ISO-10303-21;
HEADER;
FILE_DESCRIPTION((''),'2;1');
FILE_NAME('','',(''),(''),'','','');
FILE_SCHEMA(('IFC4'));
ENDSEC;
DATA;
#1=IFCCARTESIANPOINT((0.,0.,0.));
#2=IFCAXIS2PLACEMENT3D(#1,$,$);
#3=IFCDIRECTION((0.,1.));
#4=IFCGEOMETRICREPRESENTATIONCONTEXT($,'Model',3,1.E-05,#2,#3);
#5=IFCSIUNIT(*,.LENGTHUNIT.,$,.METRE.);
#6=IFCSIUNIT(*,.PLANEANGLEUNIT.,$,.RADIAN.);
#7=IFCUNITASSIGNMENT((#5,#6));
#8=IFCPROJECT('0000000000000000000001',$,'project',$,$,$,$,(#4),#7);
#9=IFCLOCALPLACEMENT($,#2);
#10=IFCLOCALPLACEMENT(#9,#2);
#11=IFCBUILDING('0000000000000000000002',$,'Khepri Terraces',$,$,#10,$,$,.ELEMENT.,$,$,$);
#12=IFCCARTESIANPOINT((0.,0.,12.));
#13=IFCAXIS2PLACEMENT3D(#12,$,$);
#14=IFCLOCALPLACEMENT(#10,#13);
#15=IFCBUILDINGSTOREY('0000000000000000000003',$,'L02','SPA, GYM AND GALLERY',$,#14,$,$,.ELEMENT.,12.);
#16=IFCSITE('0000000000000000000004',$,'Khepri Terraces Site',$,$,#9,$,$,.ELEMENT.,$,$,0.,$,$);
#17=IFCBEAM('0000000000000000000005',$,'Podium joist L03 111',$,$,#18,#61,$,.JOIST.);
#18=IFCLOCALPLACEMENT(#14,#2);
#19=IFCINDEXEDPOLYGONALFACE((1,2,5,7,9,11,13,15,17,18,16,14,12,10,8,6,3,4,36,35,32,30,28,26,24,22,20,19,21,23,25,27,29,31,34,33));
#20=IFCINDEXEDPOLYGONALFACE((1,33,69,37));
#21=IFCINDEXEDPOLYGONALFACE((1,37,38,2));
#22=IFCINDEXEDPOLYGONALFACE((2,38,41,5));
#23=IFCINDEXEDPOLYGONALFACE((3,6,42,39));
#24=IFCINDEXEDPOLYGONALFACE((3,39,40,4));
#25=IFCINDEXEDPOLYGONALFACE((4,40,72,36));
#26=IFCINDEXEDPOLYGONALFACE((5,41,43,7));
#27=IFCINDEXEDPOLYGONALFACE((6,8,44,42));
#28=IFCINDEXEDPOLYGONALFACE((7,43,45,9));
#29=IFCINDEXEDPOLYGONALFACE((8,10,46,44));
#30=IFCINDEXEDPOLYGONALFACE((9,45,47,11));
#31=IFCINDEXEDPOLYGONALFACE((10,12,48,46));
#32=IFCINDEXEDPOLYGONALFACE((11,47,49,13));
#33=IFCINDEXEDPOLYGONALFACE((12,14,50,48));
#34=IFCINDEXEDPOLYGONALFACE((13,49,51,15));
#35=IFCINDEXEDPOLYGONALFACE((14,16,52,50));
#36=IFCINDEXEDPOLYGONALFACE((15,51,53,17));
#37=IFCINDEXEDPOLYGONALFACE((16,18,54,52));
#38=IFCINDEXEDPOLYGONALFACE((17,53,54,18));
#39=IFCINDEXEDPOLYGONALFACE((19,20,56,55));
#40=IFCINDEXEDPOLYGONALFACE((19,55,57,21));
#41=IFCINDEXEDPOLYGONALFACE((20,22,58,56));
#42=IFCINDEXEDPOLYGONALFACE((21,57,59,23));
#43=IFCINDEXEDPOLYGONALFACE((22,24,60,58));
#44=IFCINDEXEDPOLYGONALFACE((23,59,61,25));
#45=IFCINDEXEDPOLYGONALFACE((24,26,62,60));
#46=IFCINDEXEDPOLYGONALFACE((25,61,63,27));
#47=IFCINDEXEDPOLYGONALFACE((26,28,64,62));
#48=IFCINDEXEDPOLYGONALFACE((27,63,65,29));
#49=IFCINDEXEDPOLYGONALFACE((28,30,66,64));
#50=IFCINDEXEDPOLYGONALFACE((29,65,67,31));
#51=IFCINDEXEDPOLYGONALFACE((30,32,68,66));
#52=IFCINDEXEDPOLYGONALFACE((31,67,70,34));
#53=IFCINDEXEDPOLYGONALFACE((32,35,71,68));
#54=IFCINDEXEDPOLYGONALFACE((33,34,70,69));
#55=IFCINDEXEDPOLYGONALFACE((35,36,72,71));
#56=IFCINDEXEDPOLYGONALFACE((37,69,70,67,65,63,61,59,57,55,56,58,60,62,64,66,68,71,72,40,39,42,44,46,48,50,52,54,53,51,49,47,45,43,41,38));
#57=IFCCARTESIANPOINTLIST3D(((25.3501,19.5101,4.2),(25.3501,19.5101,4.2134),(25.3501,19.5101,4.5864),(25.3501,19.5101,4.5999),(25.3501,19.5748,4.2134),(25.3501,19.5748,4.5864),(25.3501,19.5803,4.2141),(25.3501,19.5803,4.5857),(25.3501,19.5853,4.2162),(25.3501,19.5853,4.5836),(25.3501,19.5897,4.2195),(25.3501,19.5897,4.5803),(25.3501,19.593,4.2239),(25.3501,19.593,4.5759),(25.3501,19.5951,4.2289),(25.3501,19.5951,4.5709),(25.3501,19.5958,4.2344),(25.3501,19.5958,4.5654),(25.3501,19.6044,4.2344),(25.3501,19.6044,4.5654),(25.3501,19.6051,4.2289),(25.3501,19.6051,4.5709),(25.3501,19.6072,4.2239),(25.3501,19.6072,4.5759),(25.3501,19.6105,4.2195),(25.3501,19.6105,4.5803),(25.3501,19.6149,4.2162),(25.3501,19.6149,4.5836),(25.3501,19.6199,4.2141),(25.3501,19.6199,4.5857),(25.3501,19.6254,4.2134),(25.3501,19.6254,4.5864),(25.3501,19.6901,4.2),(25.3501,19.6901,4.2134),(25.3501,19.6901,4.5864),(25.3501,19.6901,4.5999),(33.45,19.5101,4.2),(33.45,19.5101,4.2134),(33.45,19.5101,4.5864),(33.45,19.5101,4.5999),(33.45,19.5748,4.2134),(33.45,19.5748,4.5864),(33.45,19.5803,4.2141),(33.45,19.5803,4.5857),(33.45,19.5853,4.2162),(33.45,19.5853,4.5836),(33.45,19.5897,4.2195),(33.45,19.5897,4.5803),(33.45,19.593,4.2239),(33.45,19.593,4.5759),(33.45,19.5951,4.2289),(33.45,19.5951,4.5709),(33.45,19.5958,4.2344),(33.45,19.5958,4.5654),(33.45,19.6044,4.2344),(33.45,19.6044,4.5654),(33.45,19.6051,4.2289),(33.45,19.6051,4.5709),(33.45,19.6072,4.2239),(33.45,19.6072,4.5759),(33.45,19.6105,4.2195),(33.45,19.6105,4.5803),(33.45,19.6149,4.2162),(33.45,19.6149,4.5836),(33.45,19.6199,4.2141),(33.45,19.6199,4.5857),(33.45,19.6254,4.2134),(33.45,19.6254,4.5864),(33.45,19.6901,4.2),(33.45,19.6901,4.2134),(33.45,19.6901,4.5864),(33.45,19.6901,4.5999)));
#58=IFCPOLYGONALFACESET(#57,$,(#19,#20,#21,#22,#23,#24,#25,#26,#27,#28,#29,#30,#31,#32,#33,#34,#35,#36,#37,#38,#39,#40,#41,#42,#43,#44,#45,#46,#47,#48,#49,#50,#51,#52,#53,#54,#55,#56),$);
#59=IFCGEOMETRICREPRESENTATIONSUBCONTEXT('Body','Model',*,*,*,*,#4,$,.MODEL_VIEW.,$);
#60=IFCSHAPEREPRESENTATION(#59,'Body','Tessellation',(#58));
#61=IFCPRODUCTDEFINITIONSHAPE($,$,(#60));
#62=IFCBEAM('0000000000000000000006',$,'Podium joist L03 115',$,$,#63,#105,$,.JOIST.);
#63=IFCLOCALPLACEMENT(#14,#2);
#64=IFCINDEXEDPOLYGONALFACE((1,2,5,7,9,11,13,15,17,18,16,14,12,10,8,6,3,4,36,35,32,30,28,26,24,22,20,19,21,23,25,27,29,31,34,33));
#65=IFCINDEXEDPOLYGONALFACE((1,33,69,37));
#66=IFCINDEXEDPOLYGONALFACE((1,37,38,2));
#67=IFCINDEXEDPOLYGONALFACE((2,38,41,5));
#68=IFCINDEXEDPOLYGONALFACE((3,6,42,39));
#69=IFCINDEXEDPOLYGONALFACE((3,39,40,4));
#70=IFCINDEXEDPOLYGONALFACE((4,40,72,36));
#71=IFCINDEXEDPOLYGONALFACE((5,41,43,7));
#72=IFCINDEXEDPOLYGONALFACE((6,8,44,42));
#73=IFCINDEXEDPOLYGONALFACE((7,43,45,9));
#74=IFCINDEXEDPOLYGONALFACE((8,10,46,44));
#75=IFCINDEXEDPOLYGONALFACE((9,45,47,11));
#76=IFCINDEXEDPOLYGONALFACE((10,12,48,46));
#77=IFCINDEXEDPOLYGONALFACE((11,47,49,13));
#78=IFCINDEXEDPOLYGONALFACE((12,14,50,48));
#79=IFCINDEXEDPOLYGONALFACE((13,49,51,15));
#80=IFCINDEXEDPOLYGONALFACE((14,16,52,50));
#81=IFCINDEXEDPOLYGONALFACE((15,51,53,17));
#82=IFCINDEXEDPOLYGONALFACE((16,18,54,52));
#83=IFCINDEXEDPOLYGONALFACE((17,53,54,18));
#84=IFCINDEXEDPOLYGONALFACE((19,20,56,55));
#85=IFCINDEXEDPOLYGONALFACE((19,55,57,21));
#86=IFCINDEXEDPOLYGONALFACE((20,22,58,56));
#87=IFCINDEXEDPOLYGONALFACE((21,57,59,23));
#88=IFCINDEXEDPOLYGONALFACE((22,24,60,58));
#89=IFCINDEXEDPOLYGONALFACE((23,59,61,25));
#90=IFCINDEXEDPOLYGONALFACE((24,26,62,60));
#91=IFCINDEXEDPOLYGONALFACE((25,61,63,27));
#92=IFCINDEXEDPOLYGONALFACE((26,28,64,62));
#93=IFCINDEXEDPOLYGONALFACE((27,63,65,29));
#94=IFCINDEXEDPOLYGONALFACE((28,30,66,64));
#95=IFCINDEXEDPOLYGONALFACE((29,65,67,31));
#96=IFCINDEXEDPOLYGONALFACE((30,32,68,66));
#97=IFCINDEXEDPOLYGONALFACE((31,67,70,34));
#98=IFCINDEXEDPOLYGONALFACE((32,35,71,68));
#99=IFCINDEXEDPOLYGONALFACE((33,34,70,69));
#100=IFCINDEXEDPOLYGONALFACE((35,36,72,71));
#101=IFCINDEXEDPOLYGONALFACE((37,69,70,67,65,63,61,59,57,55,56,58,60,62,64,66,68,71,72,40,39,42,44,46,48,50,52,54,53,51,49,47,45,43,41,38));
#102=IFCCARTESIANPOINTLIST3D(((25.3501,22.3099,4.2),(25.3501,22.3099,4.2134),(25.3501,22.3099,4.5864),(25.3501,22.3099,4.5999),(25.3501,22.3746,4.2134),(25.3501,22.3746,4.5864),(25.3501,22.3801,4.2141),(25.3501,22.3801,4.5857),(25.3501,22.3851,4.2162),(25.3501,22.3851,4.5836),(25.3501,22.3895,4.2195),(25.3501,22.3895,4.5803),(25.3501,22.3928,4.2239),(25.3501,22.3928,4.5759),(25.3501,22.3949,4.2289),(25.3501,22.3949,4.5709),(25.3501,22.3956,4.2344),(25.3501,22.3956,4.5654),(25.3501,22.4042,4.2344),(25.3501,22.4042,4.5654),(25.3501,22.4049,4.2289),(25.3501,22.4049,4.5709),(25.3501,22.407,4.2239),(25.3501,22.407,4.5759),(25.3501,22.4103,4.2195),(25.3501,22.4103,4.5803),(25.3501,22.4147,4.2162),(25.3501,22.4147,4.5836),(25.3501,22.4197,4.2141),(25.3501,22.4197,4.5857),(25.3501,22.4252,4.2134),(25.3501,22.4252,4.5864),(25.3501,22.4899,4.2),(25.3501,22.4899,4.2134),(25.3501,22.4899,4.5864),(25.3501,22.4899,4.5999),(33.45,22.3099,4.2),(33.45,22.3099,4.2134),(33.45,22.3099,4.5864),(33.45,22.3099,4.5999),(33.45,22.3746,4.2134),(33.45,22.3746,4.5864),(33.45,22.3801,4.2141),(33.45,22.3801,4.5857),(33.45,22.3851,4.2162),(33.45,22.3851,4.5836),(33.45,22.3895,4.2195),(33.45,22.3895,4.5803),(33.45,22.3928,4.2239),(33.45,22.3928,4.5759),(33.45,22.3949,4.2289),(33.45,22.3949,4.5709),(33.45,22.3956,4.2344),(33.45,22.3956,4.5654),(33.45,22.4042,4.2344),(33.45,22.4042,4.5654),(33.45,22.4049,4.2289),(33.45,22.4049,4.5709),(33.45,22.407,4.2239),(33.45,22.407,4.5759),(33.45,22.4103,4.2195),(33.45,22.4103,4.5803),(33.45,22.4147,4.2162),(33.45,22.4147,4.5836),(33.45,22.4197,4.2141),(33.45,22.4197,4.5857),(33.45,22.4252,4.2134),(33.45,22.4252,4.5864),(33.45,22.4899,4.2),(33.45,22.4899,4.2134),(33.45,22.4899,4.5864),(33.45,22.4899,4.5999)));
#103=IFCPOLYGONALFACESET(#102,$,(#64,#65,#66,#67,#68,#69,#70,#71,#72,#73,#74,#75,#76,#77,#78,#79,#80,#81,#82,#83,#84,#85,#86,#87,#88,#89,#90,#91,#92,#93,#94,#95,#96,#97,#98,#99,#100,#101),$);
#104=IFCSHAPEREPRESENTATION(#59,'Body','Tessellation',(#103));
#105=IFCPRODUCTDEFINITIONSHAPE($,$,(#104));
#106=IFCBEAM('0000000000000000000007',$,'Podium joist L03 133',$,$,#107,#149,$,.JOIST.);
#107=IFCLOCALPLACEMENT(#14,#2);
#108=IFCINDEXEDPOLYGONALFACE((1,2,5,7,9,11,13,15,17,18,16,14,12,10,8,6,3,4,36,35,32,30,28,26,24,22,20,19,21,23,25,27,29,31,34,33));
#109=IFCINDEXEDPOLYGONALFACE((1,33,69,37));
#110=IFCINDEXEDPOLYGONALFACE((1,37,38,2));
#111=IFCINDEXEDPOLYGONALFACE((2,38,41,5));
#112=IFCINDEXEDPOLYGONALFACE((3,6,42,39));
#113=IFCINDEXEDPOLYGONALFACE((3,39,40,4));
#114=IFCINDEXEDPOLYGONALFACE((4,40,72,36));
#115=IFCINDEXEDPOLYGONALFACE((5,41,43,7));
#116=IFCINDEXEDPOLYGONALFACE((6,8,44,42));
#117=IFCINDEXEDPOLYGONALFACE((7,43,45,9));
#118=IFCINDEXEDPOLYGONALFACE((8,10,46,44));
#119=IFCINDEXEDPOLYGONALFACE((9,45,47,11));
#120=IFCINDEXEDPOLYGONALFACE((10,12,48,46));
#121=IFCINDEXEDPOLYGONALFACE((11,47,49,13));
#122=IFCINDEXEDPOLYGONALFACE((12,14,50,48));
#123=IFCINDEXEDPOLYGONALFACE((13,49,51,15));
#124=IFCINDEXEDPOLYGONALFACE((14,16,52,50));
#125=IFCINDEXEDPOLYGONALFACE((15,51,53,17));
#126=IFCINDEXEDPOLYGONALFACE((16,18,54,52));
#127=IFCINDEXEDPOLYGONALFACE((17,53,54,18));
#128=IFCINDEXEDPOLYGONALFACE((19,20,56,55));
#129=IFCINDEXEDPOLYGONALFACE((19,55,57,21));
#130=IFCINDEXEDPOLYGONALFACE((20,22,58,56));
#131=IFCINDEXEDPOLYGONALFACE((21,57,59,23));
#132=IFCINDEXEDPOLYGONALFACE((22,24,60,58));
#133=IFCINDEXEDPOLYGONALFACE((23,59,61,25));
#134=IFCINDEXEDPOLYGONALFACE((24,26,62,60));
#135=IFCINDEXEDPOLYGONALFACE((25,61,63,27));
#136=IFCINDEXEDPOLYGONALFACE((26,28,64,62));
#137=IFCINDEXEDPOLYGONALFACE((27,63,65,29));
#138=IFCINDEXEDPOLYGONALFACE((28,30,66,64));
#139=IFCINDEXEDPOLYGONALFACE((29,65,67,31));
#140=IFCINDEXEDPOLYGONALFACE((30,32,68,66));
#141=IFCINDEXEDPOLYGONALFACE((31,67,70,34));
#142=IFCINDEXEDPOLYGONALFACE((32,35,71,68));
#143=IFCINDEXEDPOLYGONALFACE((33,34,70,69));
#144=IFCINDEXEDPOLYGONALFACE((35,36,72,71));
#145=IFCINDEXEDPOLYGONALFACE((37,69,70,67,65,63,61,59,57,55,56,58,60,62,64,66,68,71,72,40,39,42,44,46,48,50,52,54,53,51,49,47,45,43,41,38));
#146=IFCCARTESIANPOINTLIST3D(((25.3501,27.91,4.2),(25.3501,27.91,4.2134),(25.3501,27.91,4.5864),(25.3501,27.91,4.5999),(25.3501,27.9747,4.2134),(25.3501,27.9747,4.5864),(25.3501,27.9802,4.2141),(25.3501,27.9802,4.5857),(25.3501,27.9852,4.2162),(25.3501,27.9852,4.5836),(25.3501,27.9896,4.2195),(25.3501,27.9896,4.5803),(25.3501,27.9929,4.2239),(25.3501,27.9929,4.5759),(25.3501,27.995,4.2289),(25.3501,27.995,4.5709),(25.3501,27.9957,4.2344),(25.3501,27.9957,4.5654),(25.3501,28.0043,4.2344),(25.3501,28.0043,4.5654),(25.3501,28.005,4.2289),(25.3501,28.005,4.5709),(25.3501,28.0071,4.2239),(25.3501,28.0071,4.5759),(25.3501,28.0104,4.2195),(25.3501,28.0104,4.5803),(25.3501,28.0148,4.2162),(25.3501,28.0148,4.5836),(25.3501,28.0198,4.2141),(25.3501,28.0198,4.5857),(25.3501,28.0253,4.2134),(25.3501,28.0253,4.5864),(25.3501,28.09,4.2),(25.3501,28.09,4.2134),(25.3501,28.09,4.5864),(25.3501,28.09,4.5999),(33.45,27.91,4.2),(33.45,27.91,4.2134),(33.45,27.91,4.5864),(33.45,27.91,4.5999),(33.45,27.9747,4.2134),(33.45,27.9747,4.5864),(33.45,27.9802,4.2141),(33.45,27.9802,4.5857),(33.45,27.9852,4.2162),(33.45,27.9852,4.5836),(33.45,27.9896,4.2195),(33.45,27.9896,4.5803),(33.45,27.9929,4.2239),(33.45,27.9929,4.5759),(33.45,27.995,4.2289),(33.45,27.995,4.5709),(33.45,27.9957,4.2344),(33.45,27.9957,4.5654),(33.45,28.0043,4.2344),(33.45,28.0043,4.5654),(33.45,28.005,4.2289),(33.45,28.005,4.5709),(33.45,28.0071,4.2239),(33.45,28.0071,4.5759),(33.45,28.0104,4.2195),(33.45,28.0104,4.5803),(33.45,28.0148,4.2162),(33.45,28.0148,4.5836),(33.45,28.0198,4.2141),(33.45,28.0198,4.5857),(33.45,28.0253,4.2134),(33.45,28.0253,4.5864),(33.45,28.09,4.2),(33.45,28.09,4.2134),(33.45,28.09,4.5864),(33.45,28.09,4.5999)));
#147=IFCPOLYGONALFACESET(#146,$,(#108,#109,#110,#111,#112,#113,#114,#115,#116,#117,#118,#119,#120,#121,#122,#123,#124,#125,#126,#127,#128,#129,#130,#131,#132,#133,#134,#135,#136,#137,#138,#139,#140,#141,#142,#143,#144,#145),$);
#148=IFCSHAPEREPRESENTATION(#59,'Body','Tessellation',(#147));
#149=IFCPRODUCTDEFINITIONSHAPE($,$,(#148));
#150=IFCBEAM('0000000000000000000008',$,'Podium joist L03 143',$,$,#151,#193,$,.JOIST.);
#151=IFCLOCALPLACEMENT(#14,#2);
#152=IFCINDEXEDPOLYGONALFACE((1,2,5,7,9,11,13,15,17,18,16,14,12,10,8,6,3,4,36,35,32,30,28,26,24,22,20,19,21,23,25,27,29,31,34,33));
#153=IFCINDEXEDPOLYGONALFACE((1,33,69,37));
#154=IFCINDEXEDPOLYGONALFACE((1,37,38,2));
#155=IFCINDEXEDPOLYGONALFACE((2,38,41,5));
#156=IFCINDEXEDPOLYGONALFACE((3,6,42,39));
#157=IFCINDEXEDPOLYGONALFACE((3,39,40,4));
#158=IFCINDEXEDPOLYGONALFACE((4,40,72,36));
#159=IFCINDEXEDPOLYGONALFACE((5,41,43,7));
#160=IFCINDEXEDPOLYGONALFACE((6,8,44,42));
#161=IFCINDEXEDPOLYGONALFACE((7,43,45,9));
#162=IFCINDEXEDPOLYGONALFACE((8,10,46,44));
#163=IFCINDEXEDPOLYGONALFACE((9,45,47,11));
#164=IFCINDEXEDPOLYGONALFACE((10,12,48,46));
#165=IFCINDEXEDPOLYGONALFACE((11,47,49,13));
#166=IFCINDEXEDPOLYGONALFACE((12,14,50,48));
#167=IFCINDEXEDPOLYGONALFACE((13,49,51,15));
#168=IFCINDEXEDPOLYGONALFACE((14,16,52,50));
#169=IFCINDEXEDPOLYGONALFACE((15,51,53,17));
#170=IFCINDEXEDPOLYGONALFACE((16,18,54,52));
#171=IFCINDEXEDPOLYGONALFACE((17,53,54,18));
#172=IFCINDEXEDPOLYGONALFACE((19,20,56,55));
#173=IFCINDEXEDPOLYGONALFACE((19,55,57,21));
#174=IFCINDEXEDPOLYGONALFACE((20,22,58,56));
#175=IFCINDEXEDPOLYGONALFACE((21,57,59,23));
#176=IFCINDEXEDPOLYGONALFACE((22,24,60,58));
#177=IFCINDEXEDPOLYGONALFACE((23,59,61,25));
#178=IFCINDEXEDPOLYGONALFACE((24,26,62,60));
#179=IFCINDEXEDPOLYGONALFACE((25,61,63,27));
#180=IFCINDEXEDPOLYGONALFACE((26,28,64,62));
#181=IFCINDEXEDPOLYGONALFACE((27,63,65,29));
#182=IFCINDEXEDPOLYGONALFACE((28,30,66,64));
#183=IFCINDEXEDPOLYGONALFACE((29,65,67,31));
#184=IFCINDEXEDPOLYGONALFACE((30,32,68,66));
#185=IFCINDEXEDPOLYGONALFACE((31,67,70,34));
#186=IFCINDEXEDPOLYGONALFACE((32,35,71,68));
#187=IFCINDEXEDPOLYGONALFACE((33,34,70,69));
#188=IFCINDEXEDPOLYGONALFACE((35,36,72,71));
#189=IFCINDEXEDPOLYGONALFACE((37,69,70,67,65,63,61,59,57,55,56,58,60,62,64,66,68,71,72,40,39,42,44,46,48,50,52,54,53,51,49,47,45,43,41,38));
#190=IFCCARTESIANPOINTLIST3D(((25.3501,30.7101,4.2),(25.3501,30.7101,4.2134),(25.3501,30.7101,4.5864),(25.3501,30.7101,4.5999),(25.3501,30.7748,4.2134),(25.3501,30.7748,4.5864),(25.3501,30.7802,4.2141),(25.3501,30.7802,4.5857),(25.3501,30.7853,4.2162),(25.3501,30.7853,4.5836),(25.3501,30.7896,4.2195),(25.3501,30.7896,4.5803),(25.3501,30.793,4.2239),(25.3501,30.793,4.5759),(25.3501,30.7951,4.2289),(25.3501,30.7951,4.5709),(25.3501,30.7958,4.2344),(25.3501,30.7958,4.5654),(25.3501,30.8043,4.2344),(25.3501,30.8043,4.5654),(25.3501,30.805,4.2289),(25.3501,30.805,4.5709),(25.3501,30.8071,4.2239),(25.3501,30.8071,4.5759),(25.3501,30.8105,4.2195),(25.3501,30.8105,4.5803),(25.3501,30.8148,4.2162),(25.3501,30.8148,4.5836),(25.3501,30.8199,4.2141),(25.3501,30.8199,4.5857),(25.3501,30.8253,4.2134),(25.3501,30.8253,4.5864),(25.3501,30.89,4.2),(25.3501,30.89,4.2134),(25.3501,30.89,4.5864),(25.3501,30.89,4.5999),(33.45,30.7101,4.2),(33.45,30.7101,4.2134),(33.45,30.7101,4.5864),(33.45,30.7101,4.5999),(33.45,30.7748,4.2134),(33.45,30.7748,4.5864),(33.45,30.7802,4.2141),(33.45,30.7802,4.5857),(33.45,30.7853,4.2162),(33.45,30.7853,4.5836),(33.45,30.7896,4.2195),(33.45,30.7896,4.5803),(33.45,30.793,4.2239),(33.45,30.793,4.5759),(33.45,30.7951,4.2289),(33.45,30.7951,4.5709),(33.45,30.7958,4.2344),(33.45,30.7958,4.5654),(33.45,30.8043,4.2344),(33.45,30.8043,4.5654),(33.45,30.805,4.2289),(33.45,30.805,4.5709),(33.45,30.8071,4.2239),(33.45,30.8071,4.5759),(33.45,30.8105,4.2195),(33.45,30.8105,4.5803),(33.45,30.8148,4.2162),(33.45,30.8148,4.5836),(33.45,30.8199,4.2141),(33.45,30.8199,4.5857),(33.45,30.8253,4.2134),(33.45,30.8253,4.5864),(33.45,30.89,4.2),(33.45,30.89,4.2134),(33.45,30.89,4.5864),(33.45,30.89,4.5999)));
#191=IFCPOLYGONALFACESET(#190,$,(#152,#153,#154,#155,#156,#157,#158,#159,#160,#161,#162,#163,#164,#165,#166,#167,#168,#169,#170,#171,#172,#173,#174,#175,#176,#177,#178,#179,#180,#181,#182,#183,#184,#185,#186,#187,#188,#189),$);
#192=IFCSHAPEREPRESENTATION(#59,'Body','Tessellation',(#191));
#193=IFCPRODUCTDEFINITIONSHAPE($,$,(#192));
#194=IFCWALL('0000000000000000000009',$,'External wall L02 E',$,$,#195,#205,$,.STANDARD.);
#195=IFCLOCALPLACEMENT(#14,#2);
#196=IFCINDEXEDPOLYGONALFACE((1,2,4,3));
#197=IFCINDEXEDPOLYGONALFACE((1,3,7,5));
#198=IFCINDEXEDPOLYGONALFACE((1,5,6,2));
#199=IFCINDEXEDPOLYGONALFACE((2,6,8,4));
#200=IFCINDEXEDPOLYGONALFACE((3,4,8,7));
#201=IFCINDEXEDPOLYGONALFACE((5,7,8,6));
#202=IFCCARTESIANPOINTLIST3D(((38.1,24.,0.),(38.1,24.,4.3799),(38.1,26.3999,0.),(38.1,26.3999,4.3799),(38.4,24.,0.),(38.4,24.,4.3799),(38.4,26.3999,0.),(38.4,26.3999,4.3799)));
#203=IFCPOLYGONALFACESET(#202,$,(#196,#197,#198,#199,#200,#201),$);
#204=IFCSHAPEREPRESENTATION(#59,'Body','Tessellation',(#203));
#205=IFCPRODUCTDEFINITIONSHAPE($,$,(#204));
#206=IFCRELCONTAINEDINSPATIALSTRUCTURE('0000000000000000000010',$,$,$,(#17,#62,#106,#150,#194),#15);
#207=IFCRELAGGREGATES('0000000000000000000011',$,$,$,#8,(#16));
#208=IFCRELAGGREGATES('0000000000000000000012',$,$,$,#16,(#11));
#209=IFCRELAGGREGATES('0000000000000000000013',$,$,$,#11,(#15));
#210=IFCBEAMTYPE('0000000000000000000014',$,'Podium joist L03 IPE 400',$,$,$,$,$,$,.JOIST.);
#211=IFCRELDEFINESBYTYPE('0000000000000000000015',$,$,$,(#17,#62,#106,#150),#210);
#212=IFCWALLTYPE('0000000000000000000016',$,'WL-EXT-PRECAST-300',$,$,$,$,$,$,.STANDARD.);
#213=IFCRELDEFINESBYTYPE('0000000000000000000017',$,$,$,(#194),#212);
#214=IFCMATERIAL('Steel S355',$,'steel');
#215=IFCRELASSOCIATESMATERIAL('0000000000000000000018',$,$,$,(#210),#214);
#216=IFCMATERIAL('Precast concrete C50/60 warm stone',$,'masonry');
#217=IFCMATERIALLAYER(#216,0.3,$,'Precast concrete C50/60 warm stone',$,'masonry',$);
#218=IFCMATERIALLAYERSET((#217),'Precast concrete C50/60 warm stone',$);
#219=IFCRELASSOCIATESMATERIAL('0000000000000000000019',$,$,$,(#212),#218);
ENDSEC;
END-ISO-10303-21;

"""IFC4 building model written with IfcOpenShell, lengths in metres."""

from ifc_helpers import new_model, si_unit, direction, frame, frame_2d, origin, origin_2d, place, context, subcontext, project, spatial, rectangle, i_section, extrude, material, layer, layer_set, material_profile, profile_set, type_object, element, save


model = new_model("IFC4")

# Units and contexts
model_context = context("Model", 3, precision=1e-05, world=origin(), true_north=direction((0.0, 1.0)))
body_context = subcontext(model_context, "Body", "Model", "MODEL_VIEW")
ifc_project = project(units=[si_unit("LENGTHUNIT", "METRE"), si_unit("PLANEANGLEUNIT", "RADIAN")], contexts=[model_context])

# Site, building, storey
site_placement = place(None, origin())
site = spatial("IfcSite", under=ifc_project, at=site_placement, Name="Khepri Terraces Site", CompositionType="ELEMENT", RefElevation=0.0)
building_placement = place(site_placement, origin())
building = spatial("IfcBuilding", under=site, at=building_placement, Name="Khepri Terraces", CompositionType="ELEMENT")
storey_placement = place(building_placement, frame((0.0, 0.0, 12.0)))
storey = spatial("IfcBuildingStorey", under=building, at=storey_placement, Name="L02", Description="SPA, GYM AND GALLERY", CompositionType="ELEMENT", Elevation=12.0)

# Beams
ifc_material_1 = material(Name="Steel S355", Category="steel")
ifc_material_profile_1 = material_profile(ifc_material_1, i_section(OverallWidth=0.1799, OverallDepth=0.3999, WebThickness=0.0085, FlangeThickness=0.0134, FilletRadius=0.021, at=origin_2d()), Name="Steel S355", Category="steel")
ifc_profile_set_1 = profile_set([ifc_material_profile_1], Name="Steel S355")
beam_type_1 = type_object("IfcBeamType", Name="Podium joist L03 IPE 400", PredefinedType="JOIST", material=ifc_profile_set_1)
for number, where, z_axis, x_axis, name in (
    (1, (25.3501, 19.6001, 4.3999), (1.0, 0.0, 0.0), (0.0, 1.0, 0.0), "Podium joist L03 111"),
    (2, (25.3501, 22.3999, 4.3999), (1.0, 0.0, 0.0), (0.0, 1.0, 0.0), "Podium joist L03 115"),
    (3, (25.3501, 28.0, 4.3999), (1.0, 0.0, 0.0), (0.0, 1.0, 0.0), "Podium joist L03 133"),
    (4, (25.3501, 30.8, 4.3999), (1.0, 0.0, 0.0), (0.0, 1.0, 0.0), "Podium joist L03 143"),
):
    element("IfcBeam", number, at=place(storey_placement, frame(where, z_axis=z_axis, x_axis=x_axis)), inside=storey, type_object=beam_type_1, Name=name, PredefinedType="JOIST", context=body_context, shape_type="SweptSolid", body=[
        extrude(i_section(OverallWidth=0.1799, OverallDepth=0.3999, WebThickness=0.0085, FlangeThickness=0.0134, FilletRadius=0.021, at=origin_2d()), origin(), (0.0, 0.0, 1.0), 8.0999),
    ])

# Shared definitions
ifc_material_2 = material(Name="Precast concrete C50/60 warm stone", Category="masonry")
ifc_layer_1 = layer(ifc_material_2, 0.3, Name="Precast concrete C50/60 warm stone", Category="masonry")
ifc_layer_set_1 = layer_set([ifc_layer_1], Name="Precast concrete C50/60 warm stone")
wall_type_1 = type_object("IfcWallType", Name="WL-EXT-PRECAST-300", PredefinedType="STANDARD", material=ifc_layer_set_1)

# Wall
wall_1_placement = place(storey_placement, frame((38.25, 24.0, 0.0), z_axis=(0.0, 0.0, 1.0), x_axis=(0.0, 1.0, 0.0)))
element("IfcWall", 5, at=wall_1_placement, inside=storey, type_object=wall_type_1, Name="External wall L02 E", PredefinedType="STANDARD", context=body_context, shape_type="SweptSolid", body=[
    extrude(rectangle(XDim=2.3999, YDim=0.3, at=frame_2d((1.2, 0.0))), origin(), (0.0, 0.0, 1.0), 4.3799),
])

save(model, "model.ifc")
